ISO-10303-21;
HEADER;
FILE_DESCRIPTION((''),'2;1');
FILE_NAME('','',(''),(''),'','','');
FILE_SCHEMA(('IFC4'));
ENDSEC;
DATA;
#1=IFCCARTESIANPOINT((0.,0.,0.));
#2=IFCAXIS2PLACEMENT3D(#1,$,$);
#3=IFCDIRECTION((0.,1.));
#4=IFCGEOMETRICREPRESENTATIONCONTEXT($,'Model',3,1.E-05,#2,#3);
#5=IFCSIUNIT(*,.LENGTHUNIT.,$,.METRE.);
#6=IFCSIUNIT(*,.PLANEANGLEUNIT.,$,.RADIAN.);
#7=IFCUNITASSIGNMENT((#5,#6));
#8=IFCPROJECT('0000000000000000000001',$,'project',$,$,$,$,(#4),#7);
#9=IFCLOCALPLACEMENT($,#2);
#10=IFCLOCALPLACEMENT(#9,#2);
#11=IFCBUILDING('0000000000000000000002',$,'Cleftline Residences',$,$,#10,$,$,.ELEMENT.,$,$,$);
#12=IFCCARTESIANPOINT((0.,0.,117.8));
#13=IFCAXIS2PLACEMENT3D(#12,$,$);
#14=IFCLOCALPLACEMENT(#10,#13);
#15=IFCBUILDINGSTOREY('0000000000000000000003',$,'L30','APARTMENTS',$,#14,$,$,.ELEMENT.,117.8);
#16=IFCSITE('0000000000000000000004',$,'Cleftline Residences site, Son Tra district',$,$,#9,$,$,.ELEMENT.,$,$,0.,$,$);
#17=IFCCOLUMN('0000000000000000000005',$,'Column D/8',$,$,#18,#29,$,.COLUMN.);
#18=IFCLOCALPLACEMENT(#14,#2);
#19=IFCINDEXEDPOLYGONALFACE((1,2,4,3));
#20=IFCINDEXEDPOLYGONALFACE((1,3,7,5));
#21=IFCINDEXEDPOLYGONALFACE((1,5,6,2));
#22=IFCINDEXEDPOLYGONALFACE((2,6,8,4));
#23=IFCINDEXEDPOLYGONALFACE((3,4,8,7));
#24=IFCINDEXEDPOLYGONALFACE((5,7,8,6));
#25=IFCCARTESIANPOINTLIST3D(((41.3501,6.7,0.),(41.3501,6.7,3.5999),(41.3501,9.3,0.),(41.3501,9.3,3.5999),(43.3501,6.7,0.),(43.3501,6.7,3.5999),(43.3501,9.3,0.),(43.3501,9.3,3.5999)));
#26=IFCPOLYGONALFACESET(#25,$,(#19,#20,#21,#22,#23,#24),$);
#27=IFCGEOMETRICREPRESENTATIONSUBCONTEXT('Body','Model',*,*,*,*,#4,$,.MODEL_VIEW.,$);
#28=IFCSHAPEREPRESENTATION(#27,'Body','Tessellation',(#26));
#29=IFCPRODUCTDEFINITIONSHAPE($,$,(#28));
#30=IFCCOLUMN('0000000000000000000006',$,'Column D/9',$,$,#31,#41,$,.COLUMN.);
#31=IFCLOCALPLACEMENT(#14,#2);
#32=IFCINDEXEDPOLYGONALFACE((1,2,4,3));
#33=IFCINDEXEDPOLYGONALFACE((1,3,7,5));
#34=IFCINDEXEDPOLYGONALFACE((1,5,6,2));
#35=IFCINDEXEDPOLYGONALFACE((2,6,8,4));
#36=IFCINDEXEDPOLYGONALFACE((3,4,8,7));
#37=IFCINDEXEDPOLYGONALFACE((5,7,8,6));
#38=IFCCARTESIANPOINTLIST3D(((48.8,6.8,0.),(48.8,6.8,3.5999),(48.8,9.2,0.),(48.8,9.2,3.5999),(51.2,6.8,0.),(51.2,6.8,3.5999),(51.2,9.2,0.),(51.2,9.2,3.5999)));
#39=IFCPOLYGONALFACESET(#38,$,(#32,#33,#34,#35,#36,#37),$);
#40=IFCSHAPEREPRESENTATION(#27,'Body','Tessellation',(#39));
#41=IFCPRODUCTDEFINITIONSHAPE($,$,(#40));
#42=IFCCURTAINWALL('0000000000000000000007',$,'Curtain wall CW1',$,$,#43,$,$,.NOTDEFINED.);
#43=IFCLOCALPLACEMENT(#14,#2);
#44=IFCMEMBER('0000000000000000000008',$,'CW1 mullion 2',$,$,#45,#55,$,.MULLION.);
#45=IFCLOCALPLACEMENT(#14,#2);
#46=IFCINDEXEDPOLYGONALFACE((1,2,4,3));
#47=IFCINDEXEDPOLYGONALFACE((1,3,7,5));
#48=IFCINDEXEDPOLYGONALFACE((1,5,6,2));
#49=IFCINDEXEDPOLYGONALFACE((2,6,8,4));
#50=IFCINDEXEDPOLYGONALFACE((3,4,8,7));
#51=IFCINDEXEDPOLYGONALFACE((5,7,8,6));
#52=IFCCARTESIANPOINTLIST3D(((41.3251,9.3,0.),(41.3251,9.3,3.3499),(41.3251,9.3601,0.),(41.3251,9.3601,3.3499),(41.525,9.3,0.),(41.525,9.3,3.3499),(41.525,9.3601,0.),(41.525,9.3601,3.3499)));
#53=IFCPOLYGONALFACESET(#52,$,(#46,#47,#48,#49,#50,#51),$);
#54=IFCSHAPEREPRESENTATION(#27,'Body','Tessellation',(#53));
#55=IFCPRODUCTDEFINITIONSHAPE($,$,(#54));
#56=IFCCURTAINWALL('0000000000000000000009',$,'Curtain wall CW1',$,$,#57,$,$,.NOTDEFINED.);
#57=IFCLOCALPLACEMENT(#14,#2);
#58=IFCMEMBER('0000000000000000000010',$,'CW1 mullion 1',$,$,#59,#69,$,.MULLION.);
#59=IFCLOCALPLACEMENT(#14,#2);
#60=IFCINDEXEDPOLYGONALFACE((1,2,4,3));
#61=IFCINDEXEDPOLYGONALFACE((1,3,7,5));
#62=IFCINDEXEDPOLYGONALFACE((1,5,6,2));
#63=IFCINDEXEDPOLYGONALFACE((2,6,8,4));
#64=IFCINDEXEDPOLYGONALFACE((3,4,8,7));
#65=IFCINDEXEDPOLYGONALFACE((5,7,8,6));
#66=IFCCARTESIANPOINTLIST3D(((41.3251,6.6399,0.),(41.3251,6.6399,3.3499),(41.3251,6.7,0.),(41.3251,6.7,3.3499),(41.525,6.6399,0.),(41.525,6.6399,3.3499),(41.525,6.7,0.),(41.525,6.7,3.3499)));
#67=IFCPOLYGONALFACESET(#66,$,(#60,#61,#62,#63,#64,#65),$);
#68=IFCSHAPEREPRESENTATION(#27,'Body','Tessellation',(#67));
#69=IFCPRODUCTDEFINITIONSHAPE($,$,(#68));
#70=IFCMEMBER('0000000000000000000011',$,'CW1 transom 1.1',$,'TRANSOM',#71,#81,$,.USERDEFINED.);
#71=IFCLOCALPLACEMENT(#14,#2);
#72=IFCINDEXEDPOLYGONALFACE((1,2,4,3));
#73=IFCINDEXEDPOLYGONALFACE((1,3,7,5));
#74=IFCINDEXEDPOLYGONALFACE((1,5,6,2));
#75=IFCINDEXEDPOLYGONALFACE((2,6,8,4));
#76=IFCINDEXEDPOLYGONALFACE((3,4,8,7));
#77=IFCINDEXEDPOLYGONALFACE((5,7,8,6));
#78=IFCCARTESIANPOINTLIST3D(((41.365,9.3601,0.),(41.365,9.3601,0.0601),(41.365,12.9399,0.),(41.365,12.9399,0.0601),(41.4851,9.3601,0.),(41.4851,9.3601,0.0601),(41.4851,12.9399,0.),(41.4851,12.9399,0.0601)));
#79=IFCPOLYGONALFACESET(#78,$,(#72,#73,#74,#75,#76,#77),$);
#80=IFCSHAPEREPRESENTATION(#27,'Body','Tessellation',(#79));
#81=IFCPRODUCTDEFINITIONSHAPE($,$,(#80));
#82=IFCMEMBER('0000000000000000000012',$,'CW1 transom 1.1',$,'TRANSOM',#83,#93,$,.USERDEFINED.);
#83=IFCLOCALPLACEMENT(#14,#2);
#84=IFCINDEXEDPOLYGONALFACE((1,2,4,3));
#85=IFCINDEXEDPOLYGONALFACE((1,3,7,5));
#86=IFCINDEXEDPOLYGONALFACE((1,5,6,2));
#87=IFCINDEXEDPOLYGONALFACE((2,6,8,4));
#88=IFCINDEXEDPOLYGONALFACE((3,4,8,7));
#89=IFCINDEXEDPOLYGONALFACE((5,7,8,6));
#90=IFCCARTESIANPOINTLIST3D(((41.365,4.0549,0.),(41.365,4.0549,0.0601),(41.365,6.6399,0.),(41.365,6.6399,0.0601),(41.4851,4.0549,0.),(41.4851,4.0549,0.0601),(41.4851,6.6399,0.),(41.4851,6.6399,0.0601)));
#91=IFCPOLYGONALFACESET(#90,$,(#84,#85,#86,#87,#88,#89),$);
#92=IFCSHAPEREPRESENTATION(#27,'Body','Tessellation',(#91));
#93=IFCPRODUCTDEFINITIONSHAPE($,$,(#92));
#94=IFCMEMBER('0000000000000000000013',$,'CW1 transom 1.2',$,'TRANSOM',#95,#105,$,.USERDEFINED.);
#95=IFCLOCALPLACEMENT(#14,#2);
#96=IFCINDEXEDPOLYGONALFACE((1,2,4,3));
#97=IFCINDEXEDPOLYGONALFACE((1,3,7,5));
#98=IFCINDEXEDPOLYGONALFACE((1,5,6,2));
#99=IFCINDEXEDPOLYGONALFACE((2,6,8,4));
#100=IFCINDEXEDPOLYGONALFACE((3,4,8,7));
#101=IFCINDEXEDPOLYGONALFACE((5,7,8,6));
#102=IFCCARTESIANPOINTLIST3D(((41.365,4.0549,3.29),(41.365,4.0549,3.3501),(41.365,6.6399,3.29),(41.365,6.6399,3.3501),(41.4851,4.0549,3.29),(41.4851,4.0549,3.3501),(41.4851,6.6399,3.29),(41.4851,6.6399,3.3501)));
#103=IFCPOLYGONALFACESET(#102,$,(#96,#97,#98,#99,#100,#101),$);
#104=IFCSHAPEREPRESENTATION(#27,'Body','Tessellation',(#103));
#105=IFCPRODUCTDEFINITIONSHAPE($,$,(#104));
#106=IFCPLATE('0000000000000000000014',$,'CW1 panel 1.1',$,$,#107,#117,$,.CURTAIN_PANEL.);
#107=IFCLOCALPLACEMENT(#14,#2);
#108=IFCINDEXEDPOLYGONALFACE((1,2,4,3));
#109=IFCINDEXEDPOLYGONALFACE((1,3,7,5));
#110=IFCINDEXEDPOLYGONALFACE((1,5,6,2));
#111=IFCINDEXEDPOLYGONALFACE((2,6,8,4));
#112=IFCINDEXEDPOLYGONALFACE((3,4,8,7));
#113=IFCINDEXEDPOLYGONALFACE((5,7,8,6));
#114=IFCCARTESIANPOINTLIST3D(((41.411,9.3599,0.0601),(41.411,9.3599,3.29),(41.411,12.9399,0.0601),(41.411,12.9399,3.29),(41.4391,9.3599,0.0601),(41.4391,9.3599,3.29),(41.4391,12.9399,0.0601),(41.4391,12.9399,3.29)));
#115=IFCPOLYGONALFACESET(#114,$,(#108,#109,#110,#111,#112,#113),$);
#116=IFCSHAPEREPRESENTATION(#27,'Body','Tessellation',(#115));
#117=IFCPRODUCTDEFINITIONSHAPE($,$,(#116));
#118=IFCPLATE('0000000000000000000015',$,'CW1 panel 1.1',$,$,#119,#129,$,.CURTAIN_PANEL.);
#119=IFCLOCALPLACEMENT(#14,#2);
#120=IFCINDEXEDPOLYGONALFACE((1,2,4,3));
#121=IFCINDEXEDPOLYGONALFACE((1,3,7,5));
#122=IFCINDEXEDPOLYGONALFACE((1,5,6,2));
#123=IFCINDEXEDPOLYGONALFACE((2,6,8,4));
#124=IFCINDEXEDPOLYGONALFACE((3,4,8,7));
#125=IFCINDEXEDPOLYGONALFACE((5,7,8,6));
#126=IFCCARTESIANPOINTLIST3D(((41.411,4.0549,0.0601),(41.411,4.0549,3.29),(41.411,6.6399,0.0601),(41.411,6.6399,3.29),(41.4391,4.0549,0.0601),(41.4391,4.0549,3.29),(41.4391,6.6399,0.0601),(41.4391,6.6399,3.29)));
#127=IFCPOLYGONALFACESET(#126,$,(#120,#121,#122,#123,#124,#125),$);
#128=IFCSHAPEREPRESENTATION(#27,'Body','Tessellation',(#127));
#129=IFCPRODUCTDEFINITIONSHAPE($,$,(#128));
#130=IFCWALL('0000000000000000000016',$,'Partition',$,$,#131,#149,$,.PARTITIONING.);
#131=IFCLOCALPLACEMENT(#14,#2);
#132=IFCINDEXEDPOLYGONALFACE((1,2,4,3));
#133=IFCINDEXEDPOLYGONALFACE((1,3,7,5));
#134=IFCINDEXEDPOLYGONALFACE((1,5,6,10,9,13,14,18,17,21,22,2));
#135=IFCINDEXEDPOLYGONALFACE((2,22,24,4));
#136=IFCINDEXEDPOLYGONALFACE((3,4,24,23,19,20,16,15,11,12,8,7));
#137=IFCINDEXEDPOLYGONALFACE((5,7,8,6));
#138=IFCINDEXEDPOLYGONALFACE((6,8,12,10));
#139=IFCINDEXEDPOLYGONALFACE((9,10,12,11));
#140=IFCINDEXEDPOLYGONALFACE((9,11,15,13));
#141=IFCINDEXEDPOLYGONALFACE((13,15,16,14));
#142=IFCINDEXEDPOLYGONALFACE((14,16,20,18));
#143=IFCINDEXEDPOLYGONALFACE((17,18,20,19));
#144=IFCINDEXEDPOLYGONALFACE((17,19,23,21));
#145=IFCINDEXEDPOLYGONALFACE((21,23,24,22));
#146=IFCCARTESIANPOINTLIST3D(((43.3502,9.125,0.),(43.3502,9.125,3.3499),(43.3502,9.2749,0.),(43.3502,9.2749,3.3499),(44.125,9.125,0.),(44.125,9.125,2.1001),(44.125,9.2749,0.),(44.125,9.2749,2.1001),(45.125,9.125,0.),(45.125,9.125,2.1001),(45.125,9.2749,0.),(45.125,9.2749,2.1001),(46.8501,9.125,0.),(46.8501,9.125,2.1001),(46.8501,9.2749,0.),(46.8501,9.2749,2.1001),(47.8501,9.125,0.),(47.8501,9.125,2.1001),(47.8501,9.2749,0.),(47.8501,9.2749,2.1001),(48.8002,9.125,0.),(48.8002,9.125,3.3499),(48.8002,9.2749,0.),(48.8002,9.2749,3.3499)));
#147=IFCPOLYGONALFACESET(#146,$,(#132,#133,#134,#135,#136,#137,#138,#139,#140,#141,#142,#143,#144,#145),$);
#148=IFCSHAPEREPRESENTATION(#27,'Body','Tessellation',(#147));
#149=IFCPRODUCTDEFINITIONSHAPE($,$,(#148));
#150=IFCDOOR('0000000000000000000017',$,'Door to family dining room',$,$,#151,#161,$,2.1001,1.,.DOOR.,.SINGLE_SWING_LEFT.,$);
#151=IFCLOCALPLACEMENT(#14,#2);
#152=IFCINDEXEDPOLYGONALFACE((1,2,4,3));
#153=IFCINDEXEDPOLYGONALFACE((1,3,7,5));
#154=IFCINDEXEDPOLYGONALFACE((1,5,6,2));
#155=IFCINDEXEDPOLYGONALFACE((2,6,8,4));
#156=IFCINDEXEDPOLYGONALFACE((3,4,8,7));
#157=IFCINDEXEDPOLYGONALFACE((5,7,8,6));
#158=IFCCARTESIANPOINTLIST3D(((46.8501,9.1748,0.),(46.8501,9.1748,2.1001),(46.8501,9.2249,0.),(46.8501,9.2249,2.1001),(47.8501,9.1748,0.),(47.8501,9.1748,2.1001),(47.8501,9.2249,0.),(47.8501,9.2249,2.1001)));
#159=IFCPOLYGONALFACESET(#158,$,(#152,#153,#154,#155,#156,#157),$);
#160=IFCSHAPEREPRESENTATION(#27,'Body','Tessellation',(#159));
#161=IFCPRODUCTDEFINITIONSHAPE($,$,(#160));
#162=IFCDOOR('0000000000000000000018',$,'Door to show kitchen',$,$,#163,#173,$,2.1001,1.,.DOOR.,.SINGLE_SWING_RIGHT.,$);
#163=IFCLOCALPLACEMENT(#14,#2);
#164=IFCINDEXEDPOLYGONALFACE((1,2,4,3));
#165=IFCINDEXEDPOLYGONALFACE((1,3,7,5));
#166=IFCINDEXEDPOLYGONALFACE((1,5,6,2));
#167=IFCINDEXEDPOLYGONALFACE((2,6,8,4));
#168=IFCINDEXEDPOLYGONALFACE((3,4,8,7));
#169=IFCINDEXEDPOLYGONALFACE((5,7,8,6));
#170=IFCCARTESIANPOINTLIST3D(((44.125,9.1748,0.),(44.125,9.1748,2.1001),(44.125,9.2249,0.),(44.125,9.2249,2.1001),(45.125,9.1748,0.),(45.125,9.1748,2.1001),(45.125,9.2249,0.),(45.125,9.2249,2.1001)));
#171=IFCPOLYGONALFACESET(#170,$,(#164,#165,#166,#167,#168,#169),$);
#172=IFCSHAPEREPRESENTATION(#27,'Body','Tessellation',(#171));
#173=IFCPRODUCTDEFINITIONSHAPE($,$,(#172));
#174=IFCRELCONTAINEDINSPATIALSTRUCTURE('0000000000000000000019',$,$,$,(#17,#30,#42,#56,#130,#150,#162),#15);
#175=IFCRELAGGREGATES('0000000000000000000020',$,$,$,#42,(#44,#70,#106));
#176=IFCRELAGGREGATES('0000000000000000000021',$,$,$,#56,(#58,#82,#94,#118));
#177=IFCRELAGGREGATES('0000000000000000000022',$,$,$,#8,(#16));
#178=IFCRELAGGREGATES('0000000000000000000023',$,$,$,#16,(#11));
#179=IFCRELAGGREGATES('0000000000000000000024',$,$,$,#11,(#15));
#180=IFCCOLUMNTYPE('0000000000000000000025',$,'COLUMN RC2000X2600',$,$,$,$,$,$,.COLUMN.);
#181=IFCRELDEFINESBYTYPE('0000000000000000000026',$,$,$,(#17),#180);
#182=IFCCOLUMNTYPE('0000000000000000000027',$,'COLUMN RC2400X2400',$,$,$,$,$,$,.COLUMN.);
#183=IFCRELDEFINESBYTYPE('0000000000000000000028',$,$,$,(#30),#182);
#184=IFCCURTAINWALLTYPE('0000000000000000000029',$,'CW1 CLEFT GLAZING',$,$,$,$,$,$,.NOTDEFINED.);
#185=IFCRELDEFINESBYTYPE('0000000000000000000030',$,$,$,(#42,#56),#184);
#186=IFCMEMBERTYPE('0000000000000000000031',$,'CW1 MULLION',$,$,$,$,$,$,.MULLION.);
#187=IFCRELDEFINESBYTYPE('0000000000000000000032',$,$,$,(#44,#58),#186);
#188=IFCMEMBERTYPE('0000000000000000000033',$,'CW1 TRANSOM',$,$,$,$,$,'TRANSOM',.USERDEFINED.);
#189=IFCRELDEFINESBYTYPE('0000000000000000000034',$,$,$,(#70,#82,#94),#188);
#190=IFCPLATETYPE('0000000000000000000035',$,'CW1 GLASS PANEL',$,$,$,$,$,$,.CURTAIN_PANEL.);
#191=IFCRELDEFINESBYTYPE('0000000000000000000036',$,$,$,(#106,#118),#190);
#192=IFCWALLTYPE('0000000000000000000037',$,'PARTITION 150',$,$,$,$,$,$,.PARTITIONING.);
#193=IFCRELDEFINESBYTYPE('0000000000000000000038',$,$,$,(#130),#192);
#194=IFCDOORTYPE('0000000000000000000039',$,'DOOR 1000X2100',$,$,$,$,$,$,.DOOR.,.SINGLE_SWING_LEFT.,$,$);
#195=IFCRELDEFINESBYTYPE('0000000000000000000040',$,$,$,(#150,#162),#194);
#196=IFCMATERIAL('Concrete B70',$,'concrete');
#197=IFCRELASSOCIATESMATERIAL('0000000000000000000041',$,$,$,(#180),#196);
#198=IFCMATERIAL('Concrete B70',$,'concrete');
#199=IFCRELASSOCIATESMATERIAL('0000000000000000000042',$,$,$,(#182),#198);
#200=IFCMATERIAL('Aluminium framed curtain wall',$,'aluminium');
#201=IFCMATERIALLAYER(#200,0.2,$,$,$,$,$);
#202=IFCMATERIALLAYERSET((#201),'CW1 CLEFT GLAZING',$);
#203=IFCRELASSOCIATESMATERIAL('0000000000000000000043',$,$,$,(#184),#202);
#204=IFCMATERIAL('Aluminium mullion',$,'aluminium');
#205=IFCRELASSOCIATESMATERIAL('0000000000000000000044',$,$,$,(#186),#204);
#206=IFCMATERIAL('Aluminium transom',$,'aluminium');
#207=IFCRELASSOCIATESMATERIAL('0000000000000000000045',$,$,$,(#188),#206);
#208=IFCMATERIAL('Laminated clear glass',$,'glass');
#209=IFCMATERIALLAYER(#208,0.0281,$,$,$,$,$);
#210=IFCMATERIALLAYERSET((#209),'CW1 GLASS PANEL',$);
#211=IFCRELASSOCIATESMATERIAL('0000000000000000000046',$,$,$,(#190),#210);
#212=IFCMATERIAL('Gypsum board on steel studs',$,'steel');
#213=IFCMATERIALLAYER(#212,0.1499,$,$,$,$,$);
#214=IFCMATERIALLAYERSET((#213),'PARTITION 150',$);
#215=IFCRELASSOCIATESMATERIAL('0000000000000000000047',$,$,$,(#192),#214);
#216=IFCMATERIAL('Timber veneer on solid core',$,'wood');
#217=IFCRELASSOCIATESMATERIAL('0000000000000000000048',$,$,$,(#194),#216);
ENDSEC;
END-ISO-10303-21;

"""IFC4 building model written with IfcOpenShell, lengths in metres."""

from ifc_helpers import new_model, si_unit, direction, frame, frame_2d, origin, origin_2d, place, context, subcontext, project, spatial, rectangle, extrude, material, layer, layer_set, material_profile, profile_set, type_object, element, fill, aggregate, save


model = new_model("IFC4")

# Units and contexts
model_context = context("Model", 3, precision=1e-05, world=origin(), true_north=direction((0.0, 1.0)))
body_context = subcontext(model_context, "Body", "Model", "MODEL_VIEW")
ifc_project = project(units=[si_unit("LENGTHUNIT", "METRE"), si_unit("PLANEANGLEUNIT", "RADIAN")], contexts=[model_context])

# Site, building, storey
site_placement = place(None, origin())
site = spatial("IfcSite", under=ifc_project, at=site_placement, Name="Cleftline Residences site, Son Tra district", CompositionType="ELEMENT", RefElevation=0.0)
building_placement = place(site_placement, origin())
building = spatial("IfcBuilding", under=site, at=building_placement, Name="Cleftline Residences", CompositionType="ELEMENT")
storey_placement = place(building_placement, frame((0.0, 0.0, 117.8)))
storey = spatial("IfcBuildingStorey", under=building, at=storey_placement, Name="L30", Description="APARTMENTS", CompositionType="ELEMENT", Elevation=117.8)

# Columns
ifc_material_1 = material(Name="Concrete B70", Category="concrete")
ifc_material_profile_1 = material_profile(ifc_material_1, rectangle(XDim=2.0, YDim=2.6001, at=origin_2d()))
ifc_profile_set_1 = profile_set([ifc_material_profile_1], Name="Concrete B70")
column_type_1 = type_object("IfcColumnType", Name="COLUMN RC2000X2600", PredefinedType="COLUMN", material=ifc_profile_set_1)
column_1_placement = place(storey_placement, frame((42.3501, 8.0, 0.0), z_axis=(0.0, 0.0, 1.0), x_axis=(1.0, 0.0, 0.0)))
element("IfcColumn", 1, at=column_1_placement, inside=storey, type_object=column_type_1, Name="Column D/8", PredefinedType="COLUMN", context=body_context, shape_type="SweptSolid", body=[
    extrude(rectangle(XDim=2.0, YDim=2.6001, at=origin_2d()), origin(), (0.0, 0.0, 1.0), 3.5999),
])
ifc_material_2 = material(Name="Concrete B70", Category="concrete")
ifc_material_profile_2 = material_profile(ifc_material_2, rectangle(XDim=2.3999, YDim=2.3999, at=origin_2d()))
ifc_profile_set_2 = profile_set([ifc_material_profile_2], Name="Concrete B70")
column_type_2 = type_object("IfcColumnType", Name="COLUMN RC2400X2400", PredefinedType="COLUMN", material=ifc_profile_set_2)
column_2_placement = place(storey_placement, frame((50.0, 8.0, 0.0), z_axis=(0.0, 0.0, 1.0), x_axis=(1.0, 0.0, 0.0)))
element("IfcColumn", 2, at=column_2_placement, inside=storey, type_object=column_type_2, Name="Column D/9", PredefinedType="COLUMN", context=body_context, shape_type="SweptSolid", body=[
    extrude(rectangle(XDim=2.3999, YDim=2.3999, at=origin_2d()), origin(), (0.0, 0.0, 1.0), 3.5999),
])

# Curtain walls, members
ifc_material_3 = material(Name="Aluminium framed curtain wall", Category="aluminium")
ifc_layer_1 = layer(ifc_material_3, 0.2)
ifc_layer_set_1 = layer_set([ifc_layer_1], Name="CW1 CLEFT GLAZING")
curtain_wall_type = type_object("IfcCurtainWallType", Name="CW1 CLEFT GLAZING", PredefinedType="NOTDEFINED", material=ifc_layer_set_1)
curtain_wall_1_placement = place(storey_placement, origin())
curtain_wall_1 = element("IfcCurtainWall", 3, at=curtain_wall_1_placement, inside=storey, type_object=curtain_wall_type, Name="Curtain wall CW1", PredefinedType="NOTDEFINED")
ifc_material_4 = material(Name="Aluminium mullion", Category="aluminium")
ifc_material_profile_3 = material_profile(ifc_material_4, rectangle(XDim=0.2, YDim=0.0601, at=origin_2d()))
ifc_profile_set_3 = profile_set([ifc_material_profile_3], Name="Aluminium mullion")
member_type_1 = type_object("IfcMemberType", Name="CW1 MULLION", PredefinedType="MULLION", material=ifc_profile_set_3)
member_1_placement = place(storey_placement, frame((41.425, 9.3301, 0.0), z_axis=(0.0, 0.0, 1.0), x_axis=(1.0, 0.0, 0.0)))
member_1 = element("IfcMember", 4, at=member_1_placement, type_object=member_type_1, Name="CW1 mullion 2", PredefinedType="MULLION", context=body_context, shape_type="SweptSolid", body=[
    extrude(rectangle(XDim=0.2, YDim=0.0601, at=origin_2d()), origin(), (0.0, 0.0, 1.0), 3.3499),
])
curtain_wall_2_placement = place(storey_placement, origin())
curtain_wall_2 = element("IfcCurtainWall", 5, at=curtain_wall_2_placement, inside=storey, type_object=curtain_wall_type, Name="Curtain wall CW1", PredefinedType="NOTDEFINED")
member_2_placement = place(storey_placement, frame((41.425, 6.6699, 0.0), z_axis=(0.0, 0.0, 1.0), x_axis=(1.0, 0.0, 0.0)))
member_2 = element("IfcMember", 6, at=member_2_placement, type_object=member_type_1, Name="CW1 mullion 1", PredefinedType="MULLION", context=body_context, shape_type="SweptSolid", body=[
    extrude(rectangle(XDim=0.2, YDim=0.0601, at=origin_2d()), origin(), (0.0, 0.0, 1.0), 3.3499),
])

# Members
ifc_material_5 = material(Name="Aluminium transom", Category="aluminium")
ifc_material_profile_4 = material_profile(ifc_material_5, rectangle(XDim=0.1201, YDim=0.0601, at=origin_2d()))
ifc_profile_set_4 = profile_set([ifc_material_profile_4], Name="Aluminium transom")
member_type_2 = type_object("IfcMemberType", Name="CW1 TRANSOM", ElementType="TRANSOM", PredefinedType="USERDEFINED", material=ifc_profile_set_4)
member_3_placement = place(storey_placement, frame((41.425, 12.9399, 0.03), z_axis=(0.0, -1.0, 0.0), x_axis=(1.0, 0.0, 0.0)))
member_3 = element("IfcMember", 7, at=member_3_placement, type_object=member_type_2, Name="CW1 transom 1.1", ObjectType="TRANSOM", PredefinedType="USERDEFINED", context=body_context, shape_type="SweptSolid", body=[
    extrude(rectangle(XDim=0.1201, YDim=0.0601, at=origin_2d()), origin(), (0.0, 0.0, 1.0), 3.5798),
])
member_4_placement = place(storey_placement, frame((41.425, 6.6399, 0.03), z_axis=(0.0, -1.0, 0.0), x_axis=(1.0, 0.0, 0.0)))
member_4 = element("IfcMember", 8, at=member_4_placement, type_object=member_type_2, Name="CW1 transom 1.1", ObjectType="TRANSOM", PredefinedType="USERDEFINED", context=body_context, shape_type="SweptSolid", body=[
    extrude(rectangle(XDim=0.1201, YDim=0.0601, at=origin_2d()), origin(), (0.0, 0.0, 1.0), 2.585),
])
member_5_placement = place(storey_placement, frame((41.425, 6.6399, 3.3201), z_axis=(0.0, -1.0, 0.0), x_axis=(1.0, 0.0, 0.0)))
member_5 = element("IfcMember", 9, at=member_5_placement, type_object=member_type_2, Name="CW1 transom 1.2", ObjectType="TRANSOM", PredefinedType="USERDEFINED", context=body_context, shape_type="SweptSolid", body=[
    extrude(rectangle(XDim=0.1201, YDim=0.0601, at=origin_2d()), origin(), (0.0, 0.0, 1.0), 2.585),
])

# Plates
ifc_material_6 = material(Name="Laminated clear glass", Category="glass")
ifc_layer_2 = layer(ifc_material_6, 0.0281)
ifc_layer_set_2 = layer_set([ifc_layer_2], Name="CW1 GLASS PANEL")
plate_type = type_object("IfcPlateType", Name="CW1 GLASS PANEL", PredefinedType="CURTAIN_PANEL", material=ifc_layer_set_2)
plate_1_placement = place(storey_placement, frame((41.425, 11.1499, 0.0601), z_axis=(0.0, 0.0, 1.0), x_axis=(0.0, -1.0, 0.0)))
plate_1 = element("IfcPlate", 10, at=plate_1_placement, type_object=plate_type, Name="CW1 panel 1.1", PredefinedType="CURTAIN_PANEL", context=body_context, shape_type="SweptSolid", body=[
    extrude(rectangle(XDim=3.5801, YDim=0.0281, at=origin_2d()), origin(), (0.0, 0.0, 1.0), 3.23),
])
aggregate(curtain_wall_1, [member_1, member_3, plate_1])
plate_2_placement = place(storey_placement, frame((41.425, 5.3474, 0.0601), z_axis=(0.0, 0.0, 1.0), x_axis=(0.0, -1.0, 0.0)))
plate_2 = element("IfcPlate", 11, at=plate_2_placement, type_object=plate_type, Name="CW1 panel 1.1", PredefinedType="CURTAIN_PANEL", context=body_context, shape_type="SweptSolid", body=[
    extrude(rectangle(XDim=2.585, YDim=0.0281, at=origin_2d()), origin(), (0.0, 0.0, 1.0), 3.23),
])
aggregate(curtain_wall_2, [member_2, member_4, member_5, plate_2])

# Wall, openings, doors
ifc_material_7 = material(Name="Gypsum board on steel studs", Category="steel")
ifc_layer_3 = layer(ifc_material_7, 0.1499)
ifc_layer_set_3 = layer_set([ifc_layer_3], Name="PARTITION 150")
wall_type = type_object("IfcWallType", Name="PARTITION 150", PredefinedType="PARTITIONING", material=ifc_layer_set_3)
wall_1_placement = place(storey_placement, frame((43.3501, 9.2, 0.0), z_axis=(0.0, 0.0, 1.0), x_axis=(1.0, 0.0, 0.0)))
wall_1 = element("IfcWall", 12, at=wall_1_placement, inside=storey, type_object=wall_type, Name="Partition", PredefinedType="PARTITIONING", context=body_context, shape_type="SweptSolid", body=[
    extrude(rectangle(XDim=5.45, YDim=0.1499, at=frame_2d((2.7251, 0.0))), origin(), (0.0, 0.0, 1.0), 3.3499),
])
opening_1_placement = place(wall_1_placement, frame((3.5, 0.0, 0.0)))
opening_1 = element("IfcOpeningElement", 13, at=opening_1_placement, cuts=wall_1, PredefinedType="OPENING", context=body_context, shape_type="SweptSolid", body=[
    extrude(rectangle(XDim=1.0, YDim=2.1001, at=frame_2d((0.5, 1.05))), frame((0.0, 0.085, 0.0), z_axis=(0.0, -1.0, 0.0), x_axis=(1.0, 0.0, 0.0)), (0.0, 0.0, 1.0), 0.1699),
])
opening_2_placement = place(wall_1_placement, frame((0.7749, 0.0, 0.0)))
opening_2 = element("IfcOpeningElement", 14, at=opening_2_placement, cuts=wall_1, PredefinedType="OPENING", context=body_context, shape_type="SweptSolid", body=[
    extrude(rectangle(XDim=1.0, YDim=2.1001, at=frame_2d((0.5, 1.05))), frame((0.0, 0.085, 0.0), z_axis=(0.0, -1.0, 0.0), x_axis=(1.0, 0.0, 0.0)), (0.0, 0.0, 1.0), 0.1699),
])
ifc_material_8 = material(Name="Timber veneer on solid core", Category="wood")
door_type = type_object("IfcDoorType", Name="DOOR 1000X2100", OperationType="SINGLE_SWING_LEFT", PredefinedType="DOOR", material=ifc_material_8)
door_1_placement = place(opening_1_placement, origin())
door_1 = element("IfcDoor", 15, at=door_1_placement, inside=storey, type_object=door_type, Name="Door to family dining room", OperationType="SINGLE_SWING_LEFT", OverallHeight=2.1001, OverallWidth=1.0, PredefinedType="DOOR", context=body_context, shape_type="SweptSolid", body=[
    extrude(rectangle(XDim=1.0, YDim=2.1001, at=frame_2d((0.5, 1.05))), frame((0.0, 0.0249, 0.0), z_axis=(0.0, -1.0, 0.0), x_axis=(1.0, 0.0, 0.0)), (0.0, 0.0, 1.0), 0.05),
])
fill(opening_1, door_1)
door_2_placement = place(opening_2_placement, origin())
door_2 = element("IfcDoor", 16, at=door_2_placement, inside=storey, type_object=door_type, Name="Door to show kitchen", OperationType="SINGLE_SWING_RIGHT", OverallHeight=2.1001, OverallWidth=1.0, PredefinedType="DOOR", context=body_context, shape_type="SweptSolid", body=[
    extrude(rectangle(XDim=1.0, YDim=2.1001, at=frame_2d((0.5, 1.05))), frame((0.0, 0.0249, 0.0), z_axis=(0.0, -1.0, 0.0), x_axis=(1.0, 0.0, 0.0)), (0.0, 0.0, 1.0), 0.05),
])
fill(opening_2, door_2)

save(model, "model.ifc")
